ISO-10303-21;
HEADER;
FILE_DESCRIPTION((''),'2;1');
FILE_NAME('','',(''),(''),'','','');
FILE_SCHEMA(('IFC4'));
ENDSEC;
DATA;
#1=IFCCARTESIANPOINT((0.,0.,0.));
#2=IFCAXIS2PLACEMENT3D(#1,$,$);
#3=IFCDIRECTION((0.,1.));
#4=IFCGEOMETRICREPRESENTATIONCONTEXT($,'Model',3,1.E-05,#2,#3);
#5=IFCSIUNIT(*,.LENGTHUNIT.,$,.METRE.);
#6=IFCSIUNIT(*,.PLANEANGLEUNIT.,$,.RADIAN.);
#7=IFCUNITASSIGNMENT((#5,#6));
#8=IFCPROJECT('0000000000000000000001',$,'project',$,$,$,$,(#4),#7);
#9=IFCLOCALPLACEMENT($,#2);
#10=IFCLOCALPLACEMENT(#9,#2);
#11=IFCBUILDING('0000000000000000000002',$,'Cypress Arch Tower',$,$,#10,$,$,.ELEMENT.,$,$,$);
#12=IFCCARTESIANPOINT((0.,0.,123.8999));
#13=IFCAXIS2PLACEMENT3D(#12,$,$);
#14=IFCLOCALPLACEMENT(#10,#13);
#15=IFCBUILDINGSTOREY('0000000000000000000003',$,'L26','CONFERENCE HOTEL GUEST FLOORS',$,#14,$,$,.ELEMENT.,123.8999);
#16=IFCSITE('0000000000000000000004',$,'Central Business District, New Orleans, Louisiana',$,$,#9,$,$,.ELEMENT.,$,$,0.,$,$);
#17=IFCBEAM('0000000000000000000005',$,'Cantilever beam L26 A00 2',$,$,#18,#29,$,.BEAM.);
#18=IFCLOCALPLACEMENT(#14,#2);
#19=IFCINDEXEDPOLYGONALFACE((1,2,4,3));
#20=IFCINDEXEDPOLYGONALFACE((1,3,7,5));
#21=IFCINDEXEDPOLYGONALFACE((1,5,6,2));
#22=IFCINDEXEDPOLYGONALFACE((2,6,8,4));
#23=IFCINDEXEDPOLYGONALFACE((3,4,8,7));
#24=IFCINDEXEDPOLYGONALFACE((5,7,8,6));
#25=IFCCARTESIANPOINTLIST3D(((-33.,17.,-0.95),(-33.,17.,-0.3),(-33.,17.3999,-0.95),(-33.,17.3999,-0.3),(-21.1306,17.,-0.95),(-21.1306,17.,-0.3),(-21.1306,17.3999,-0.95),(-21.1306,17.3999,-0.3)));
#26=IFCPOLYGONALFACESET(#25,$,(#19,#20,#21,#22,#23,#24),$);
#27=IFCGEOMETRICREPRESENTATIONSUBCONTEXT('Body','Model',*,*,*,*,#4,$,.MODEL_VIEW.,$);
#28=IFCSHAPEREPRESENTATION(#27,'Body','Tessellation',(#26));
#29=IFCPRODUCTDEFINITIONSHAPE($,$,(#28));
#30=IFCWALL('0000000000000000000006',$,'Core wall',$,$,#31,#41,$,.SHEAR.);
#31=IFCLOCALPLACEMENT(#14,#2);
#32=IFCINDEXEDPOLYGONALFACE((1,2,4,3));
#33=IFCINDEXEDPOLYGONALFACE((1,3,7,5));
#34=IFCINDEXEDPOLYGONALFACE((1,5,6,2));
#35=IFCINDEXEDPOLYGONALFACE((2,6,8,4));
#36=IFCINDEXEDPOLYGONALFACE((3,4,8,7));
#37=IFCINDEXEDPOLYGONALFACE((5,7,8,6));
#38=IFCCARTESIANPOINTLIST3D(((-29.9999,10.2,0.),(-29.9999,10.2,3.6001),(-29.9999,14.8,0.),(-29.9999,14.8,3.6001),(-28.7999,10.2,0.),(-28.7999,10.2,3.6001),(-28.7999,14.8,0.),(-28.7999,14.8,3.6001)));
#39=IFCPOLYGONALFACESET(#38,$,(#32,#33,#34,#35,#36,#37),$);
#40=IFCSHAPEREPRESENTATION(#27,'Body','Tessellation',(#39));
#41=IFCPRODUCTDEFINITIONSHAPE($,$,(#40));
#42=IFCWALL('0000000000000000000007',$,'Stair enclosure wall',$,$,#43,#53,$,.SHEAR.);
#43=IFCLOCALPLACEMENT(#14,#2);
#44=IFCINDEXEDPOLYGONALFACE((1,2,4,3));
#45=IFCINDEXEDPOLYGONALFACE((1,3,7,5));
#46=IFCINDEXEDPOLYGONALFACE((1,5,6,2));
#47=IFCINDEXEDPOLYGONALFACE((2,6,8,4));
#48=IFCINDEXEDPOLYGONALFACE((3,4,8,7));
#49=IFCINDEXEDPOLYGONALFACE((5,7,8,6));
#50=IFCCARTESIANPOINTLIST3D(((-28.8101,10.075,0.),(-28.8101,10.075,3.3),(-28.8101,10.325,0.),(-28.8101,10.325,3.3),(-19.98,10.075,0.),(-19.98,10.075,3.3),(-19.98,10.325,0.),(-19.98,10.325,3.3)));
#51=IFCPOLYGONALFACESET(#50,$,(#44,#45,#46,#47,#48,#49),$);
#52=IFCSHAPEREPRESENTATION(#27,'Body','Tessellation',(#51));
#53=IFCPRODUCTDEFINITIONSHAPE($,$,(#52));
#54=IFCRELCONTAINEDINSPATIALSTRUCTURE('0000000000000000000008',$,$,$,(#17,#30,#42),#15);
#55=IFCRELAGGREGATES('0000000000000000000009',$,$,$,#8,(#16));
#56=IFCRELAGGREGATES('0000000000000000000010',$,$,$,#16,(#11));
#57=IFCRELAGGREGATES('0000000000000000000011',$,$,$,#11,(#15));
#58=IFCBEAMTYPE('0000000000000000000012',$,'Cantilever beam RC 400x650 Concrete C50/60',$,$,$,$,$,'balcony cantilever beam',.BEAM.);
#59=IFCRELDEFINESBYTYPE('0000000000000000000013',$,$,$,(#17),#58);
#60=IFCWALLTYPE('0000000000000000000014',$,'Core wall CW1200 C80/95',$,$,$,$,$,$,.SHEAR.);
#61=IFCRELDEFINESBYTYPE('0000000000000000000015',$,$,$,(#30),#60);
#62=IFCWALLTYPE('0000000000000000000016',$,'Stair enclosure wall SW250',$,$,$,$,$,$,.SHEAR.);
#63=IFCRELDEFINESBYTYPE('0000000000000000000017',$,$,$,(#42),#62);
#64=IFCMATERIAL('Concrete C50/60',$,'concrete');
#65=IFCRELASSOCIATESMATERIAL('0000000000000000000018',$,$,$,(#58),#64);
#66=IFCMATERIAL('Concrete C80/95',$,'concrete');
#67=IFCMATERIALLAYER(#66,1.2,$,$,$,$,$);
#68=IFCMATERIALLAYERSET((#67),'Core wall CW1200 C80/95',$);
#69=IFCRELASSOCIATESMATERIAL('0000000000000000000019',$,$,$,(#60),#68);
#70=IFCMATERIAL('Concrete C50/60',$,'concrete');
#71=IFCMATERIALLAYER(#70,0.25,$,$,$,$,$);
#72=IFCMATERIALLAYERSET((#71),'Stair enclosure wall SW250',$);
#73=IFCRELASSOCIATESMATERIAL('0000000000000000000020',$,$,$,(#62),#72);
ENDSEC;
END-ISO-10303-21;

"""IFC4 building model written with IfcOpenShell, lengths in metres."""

from ifc_helpers import new_model, si_unit, direction, frame, frame_2d, origin, origin_2d, place, context, subcontext, project, spatial, rectangle, extrude, material, layer, layer_set, material_profile, profile_set, type_object, element, save


model = new_model("IFC4")

# Units and contexts
model_context = context("Model", 3, precision=1e-05, world=origin(), true_north=direction((0.0, 1.0)))
body_context = subcontext(model_context, "Body", "Model", "MODEL_VIEW")
ifc_project = project(units=[si_unit("LENGTHUNIT", "METRE"), si_unit("PLANEANGLEUNIT", "RADIAN")], contexts=[model_context])

# Site, building, storey
site_placement = place(None, origin())
site = spatial("IfcSite", under=ifc_project, at=site_placement, Name="Central Business District, New Orleans, Louisiana", CompositionType="ELEMENT", RefElevation=0.0)
building_placement = place(site_placement, origin())
building = spatial("IfcBuilding", under=site, at=building_placement, Name="Cypress Arch Tower", CompositionType="ELEMENT")
storey_placement = place(building_placement, frame((0.0, 0.0, 123.8999)))
storey = spatial("IfcBuildingStorey", under=building, at=storey_placement, Name="L26", Description="CONFERENCE HOTEL GUEST FLOORS", CompositionType="ELEMENT", Elevation=123.8999)

# Beam
ifc_material_1 = material(Name="Concrete C50/60", Category="concrete")
ifc_material_profile = material_profile(ifc_material_1, rectangle(XDim=0.3999, YDim=0.6499, at=origin_2d()), Name="RC 400x650")
ifc_profile_set = profile_set([ifc_material_profile], Name="Concrete C50/60")
beam_type = type_object("IfcBeamType", Name="Cantilever beam RC 400x650 Concrete C50/60", ElementType="balcony cantilever beam", PredefinedType="BEAM", material=ifc_profile_set)
beam_placement = place(storey_placement, frame((-21.1306, 17.2, -0.625), z_axis=(-1.0, 0.0, 0.0), x_axis=(0.0, -1.0, 0.0)))
element("IfcBeam", 1, at=beam_placement, inside=storey, type_object=beam_type, Name="Cantilever beam L26 A00 2", PredefinedType="BEAM", context=body_context, shape_type="SweptSolid", body=[
    extrude(rectangle(XDim=0.3999, YDim=0.6499, at=origin_2d()), origin(), (0.0, 0.0, 1.0), 11.8694),
])

# Shared definitions
ifc_material_2 = material(Name="Concrete C80/95", Category="concrete")
ifc_layer_1 = layer(ifc_material_2, 1.2)
ifc_layer_set_1 = layer_set([ifc_layer_1], Name="Core wall CW1200 C80/95")
wall_type_1 = type_object("IfcWallType", Name="Core wall CW1200 C80/95", PredefinedType="SHEAR", material=ifc_layer_set_1)

# Wall
wall_1_placement = place(storey_placement, frame((-29.3999, 10.2, 0.0), z_axis=(0.0, 0.0, 1.0), x_axis=(0.0, 1.0, 0.0)))
element("IfcWall", 2, at=wall_1_placement, inside=storey, type_object=wall_type_1, Name="Core wall", PredefinedType="SHEAR", context=body_context, shape_type="SweptSolid", body=[
    extrude(rectangle(XDim=4.6001, YDim=1.2, at=frame_2d((2.3, 0.0))), origin(), (0.0, 0.0, 1.0), 3.6001),
])

# Wall
ifc_material_3 = material(Name="Concrete C50/60", Category="concrete")
ifc_layer_2 = layer(ifc_material_3, 0.25)
ifc_layer_set_2 = layer_set([ifc_layer_2], Name="Stair enclosure wall SW250")
wall_type_2 = type_object("IfcWallType", Name="Stair enclosure wall SW250", PredefinedType="SHEAR", material=ifc_layer_set_2)
wall_2_placement = place(storey_placement, frame((-28.8101, 10.2, 0.0), z_axis=(0.0, 0.0, 1.0), x_axis=(1.0, 0.0, 0.0)))
element("IfcWall", 3, at=wall_2_placement, inside=storey, type_object=wall_type_2, Name="Stair enclosure wall", PredefinedType="SHEAR", context=body_context, shape_type="SweptSolid", body=[
    extrude(rectangle(XDim=8.8301, YDim=0.25, at=frame_2d((4.415, 0.0))), origin(), (0.0, 0.0, 1.0), 3.3),
])

save(model, "model.ifc")
